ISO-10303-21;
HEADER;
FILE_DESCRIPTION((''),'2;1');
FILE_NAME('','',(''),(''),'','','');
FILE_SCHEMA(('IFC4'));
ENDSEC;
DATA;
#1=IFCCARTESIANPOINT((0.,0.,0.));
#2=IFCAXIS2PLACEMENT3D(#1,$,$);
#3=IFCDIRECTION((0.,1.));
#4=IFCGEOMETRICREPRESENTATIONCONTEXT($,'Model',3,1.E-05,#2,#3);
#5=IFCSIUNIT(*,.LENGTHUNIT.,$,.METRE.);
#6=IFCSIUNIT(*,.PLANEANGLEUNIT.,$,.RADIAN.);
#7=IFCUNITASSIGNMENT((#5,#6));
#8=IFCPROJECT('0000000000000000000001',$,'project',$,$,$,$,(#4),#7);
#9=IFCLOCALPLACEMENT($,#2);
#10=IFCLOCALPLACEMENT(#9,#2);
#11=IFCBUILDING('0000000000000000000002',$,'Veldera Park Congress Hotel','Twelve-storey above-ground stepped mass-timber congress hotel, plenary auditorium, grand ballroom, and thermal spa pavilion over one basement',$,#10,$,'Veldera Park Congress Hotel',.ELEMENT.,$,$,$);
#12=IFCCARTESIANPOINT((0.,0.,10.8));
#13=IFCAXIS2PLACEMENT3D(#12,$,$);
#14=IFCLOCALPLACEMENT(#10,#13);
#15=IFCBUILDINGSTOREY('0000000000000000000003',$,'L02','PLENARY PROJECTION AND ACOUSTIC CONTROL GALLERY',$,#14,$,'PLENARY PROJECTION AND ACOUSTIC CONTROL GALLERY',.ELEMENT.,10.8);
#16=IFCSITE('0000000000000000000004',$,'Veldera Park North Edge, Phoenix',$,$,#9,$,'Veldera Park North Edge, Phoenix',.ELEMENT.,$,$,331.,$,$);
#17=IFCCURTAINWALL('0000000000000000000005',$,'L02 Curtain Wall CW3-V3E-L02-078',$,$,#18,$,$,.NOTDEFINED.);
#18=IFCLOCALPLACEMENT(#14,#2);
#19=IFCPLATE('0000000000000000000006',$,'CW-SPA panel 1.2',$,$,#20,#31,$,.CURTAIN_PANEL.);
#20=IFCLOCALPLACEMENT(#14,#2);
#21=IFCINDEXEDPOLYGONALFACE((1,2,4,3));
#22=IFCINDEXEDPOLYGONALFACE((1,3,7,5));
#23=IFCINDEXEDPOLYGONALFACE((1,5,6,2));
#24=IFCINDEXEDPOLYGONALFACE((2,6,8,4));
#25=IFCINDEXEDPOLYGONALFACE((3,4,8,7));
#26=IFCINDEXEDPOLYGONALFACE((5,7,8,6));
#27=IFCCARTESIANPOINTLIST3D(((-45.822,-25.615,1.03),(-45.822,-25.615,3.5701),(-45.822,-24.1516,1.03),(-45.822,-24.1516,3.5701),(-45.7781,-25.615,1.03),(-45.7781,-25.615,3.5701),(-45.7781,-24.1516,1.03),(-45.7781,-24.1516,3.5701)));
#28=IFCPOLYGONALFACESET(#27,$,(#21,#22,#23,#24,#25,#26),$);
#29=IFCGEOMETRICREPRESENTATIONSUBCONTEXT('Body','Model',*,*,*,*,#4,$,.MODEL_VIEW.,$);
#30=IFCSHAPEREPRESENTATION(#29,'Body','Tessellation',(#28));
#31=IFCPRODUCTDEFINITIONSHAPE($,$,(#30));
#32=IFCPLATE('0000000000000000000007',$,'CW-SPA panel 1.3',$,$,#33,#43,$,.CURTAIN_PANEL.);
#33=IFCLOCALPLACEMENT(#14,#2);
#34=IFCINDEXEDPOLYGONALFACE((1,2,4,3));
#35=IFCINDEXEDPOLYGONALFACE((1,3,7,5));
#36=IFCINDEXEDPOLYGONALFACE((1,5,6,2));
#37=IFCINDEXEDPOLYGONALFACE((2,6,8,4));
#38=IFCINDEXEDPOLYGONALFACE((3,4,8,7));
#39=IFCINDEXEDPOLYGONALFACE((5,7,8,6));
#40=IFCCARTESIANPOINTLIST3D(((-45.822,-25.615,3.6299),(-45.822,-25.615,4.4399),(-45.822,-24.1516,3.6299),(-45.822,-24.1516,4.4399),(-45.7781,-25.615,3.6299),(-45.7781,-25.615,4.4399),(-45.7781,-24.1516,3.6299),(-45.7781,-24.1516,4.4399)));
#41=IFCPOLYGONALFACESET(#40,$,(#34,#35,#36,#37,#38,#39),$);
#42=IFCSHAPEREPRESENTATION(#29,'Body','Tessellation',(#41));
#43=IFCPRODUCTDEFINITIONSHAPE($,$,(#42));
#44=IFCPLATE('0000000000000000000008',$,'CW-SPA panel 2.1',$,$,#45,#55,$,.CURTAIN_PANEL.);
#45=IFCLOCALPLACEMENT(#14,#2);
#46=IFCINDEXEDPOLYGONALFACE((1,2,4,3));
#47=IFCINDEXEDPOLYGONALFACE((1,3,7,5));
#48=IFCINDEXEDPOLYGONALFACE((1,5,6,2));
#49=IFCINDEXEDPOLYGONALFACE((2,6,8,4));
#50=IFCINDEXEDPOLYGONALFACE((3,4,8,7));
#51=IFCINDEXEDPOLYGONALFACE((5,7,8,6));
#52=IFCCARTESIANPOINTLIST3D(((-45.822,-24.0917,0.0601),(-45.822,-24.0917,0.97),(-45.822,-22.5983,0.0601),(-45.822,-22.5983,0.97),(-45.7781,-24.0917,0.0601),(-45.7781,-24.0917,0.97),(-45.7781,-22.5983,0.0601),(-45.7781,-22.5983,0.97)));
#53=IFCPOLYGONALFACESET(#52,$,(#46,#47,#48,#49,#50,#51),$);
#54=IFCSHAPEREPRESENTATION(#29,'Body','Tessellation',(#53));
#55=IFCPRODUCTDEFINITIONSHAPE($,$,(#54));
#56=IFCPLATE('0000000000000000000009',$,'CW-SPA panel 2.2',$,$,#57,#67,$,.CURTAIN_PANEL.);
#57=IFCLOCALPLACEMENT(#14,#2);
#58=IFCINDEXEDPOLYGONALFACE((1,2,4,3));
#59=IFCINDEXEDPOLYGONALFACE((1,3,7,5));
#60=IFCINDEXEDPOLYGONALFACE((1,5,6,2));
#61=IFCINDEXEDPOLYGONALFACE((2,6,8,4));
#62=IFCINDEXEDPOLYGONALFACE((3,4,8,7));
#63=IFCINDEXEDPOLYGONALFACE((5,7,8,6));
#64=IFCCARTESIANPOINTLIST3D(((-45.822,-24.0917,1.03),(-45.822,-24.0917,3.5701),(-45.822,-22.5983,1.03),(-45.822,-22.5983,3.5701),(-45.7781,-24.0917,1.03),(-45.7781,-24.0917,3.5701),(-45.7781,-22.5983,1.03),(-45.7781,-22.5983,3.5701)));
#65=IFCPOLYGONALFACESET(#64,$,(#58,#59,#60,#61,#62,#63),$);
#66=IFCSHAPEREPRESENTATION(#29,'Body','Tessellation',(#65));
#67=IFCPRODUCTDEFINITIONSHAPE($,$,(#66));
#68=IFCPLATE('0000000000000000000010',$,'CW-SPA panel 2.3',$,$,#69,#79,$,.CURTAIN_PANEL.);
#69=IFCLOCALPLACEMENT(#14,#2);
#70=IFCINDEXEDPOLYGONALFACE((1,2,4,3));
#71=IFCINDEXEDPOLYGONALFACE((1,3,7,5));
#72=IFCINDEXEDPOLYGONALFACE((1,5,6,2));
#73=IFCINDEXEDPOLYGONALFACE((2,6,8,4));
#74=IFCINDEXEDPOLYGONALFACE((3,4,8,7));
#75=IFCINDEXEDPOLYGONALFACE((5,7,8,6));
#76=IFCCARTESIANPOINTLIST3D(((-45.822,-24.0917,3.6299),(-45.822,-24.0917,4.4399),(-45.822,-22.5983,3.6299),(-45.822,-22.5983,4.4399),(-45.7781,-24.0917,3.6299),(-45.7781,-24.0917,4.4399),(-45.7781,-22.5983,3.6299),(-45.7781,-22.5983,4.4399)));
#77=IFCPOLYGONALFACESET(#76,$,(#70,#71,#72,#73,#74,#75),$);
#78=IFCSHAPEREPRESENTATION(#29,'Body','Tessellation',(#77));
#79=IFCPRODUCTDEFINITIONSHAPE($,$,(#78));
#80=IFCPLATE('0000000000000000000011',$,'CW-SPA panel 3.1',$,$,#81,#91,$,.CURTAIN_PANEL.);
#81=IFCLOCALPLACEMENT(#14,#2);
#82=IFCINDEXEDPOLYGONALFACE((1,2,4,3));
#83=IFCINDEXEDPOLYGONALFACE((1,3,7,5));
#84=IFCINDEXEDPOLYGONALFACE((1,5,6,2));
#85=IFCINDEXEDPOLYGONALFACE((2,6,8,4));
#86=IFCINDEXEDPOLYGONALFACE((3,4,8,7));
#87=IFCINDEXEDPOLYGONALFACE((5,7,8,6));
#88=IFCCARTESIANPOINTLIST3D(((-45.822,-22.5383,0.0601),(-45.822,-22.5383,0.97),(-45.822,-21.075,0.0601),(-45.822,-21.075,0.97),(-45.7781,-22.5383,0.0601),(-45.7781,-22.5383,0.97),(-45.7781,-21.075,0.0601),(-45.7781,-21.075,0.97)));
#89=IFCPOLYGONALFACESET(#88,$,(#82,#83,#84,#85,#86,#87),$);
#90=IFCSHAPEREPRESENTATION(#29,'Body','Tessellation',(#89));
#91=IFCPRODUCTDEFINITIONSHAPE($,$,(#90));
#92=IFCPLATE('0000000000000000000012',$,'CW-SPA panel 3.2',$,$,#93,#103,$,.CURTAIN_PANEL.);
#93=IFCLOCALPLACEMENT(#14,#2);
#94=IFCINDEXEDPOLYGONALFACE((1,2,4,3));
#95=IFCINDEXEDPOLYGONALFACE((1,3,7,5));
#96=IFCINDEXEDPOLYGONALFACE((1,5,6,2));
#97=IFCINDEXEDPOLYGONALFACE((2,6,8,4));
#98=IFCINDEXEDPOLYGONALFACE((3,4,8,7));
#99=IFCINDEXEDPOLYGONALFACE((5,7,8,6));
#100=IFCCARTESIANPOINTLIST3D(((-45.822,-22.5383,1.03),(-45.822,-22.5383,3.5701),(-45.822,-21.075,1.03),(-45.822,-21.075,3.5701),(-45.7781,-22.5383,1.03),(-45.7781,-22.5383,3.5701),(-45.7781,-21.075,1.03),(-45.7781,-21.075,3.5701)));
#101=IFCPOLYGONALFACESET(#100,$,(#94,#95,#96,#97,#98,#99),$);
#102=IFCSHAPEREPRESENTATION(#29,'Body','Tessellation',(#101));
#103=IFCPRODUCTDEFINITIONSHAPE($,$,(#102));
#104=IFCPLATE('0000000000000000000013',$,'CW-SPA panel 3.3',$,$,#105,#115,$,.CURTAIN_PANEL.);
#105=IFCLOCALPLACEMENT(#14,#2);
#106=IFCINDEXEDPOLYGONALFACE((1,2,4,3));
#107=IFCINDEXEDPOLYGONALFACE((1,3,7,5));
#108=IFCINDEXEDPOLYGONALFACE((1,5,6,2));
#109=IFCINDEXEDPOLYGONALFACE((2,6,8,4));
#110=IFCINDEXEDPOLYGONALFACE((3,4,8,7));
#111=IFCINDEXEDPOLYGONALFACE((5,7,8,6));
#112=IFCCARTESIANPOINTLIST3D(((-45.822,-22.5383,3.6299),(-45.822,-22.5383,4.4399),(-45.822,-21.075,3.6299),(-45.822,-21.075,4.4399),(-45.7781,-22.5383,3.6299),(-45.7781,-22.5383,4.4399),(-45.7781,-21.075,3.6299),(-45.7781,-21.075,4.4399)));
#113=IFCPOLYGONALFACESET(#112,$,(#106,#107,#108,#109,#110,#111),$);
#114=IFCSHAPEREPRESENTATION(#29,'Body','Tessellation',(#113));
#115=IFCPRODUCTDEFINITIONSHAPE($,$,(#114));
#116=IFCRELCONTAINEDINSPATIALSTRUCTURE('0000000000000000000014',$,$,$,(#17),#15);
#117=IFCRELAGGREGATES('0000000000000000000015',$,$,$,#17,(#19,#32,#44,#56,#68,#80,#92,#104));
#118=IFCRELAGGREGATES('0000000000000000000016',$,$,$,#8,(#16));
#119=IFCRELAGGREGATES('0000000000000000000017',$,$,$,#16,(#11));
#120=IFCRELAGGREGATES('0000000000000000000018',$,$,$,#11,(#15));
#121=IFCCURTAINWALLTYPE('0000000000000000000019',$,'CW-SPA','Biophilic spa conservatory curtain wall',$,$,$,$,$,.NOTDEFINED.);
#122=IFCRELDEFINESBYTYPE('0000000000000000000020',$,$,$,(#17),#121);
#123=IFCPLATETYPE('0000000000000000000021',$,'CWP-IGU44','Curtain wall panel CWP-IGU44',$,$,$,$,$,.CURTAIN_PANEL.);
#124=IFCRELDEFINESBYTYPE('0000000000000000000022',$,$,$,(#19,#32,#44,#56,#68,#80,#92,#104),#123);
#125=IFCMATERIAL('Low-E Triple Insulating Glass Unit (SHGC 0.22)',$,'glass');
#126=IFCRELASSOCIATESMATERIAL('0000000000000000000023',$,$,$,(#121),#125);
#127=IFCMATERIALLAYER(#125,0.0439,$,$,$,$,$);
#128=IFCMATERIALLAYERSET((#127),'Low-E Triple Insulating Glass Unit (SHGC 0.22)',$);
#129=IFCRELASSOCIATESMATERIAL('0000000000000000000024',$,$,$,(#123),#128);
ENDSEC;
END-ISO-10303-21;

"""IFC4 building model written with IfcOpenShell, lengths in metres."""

from ifc_helpers import new_model, si_unit, direction, frame, origin, origin_2d, place, context, subcontext, project, spatial, rectangle, extrude, material, layer, layer_set, type_object, element, aggregate, save


model = new_model("IFC4")

# Units and contexts
model_context = context("Model", 3, precision=1e-05, world=origin(), true_north=direction((0.0, 1.0)))
body_context = subcontext(model_context, "Body", "Model", "MODEL_VIEW")
ifc_project = project(units=[si_unit("LENGTHUNIT", "METRE"), si_unit("PLANEANGLEUNIT", "RADIAN")], contexts=[model_context])

# Site, building, storey
site_placement = place(None, origin())
site = spatial("IfcSite", under=ifc_project, at=site_placement, Name="Veldera Park North Edge, Phoenix", LongName="Veldera Park North Edge, Phoenix", CompositionType="ELEMENT", RefElevation=331.0)
building_placement = place(site_placement, origin())
building = spatial("IfcBuilding", under=site, at=building_placement, Name="Veldera Park Congress Hotel", Description="Twelve-storey above-ground stepped mass-timber congress hotel, plenary auditorium, grand ballroom, and thermal spa pavilion over one basement", LongName="Veldera Park Congress Hotel", CompositionType="ELEMENT")
storey_placement = place(building_placement, frame((0.0, 0.0, 10.8)))
storey = spatial("IfcBuildingStorey", under=building, at=storey_placement, Name="L02", Description="PLENARY PROJECTION AND ACOUSTIC CONTROL GALLERY", LongName="PLENARY PROJECTION AND ACOUSTIC CONTROL GALLERY", CompositionType="ELEMENT", Elevation=10.8)

# Curtain wall
ifc_material_1 = material(Name="Low-E Triple Insulating Glass Unit (SHGC 0.22)", Category="glass")
curtain_wall_type = type_object("IfcCurtainWallType", Name="CW-SPA", Description="Biophilic spa conservatory curtain wall", PredefinedType="NOTDEFINED", material=ifc_material_1)
curtain_wall_1_placement = place(storey_placement, origin())
curtain_wall_1 = element("IfcCurtainWall", 1, at=curtain_wall_1_placement, inside=storey, type_object=curtain_wall_type, Name="L02 Curtain Wall CW3-V3E-L02-078", PredefinedType="NOTDEFINED")

# Plates
ifc_layer = layer(ifc_material_1, 0.0439)
ifc_layer_set = layer_set([ifc_layer], Name="Low-E Triple Insulating Glass Unit (SHGC 0.22)")
plate_type = type_object("IfcPlateType", Name="CWP-IGU44", Description="Curtain wall panel CWP-IGU44", PredefinedType="CURTAIN_PANEL", material=ifc_layer_set)
plate_1_placement = place(storey_placement, frame((-45.8, -24.8833, 1.03), z_axis=(0.0, 0.0, 1.0), x_axis=(0.0, 1.0, 0.0)))
plate_1 = element("IfcPlate", 2, at=plate_1_placement, type_object=plate_type, Name="CW-SPA panel 1.2", PredefinedType="CURTAIN_PANEL", context=body_context, shape_type="SweptSolid", body=[
    extrude(rectangle(XDim=1.4634, YDim=0.0439, at=origin_2d()), origin(), (0.0, 0.0, 1.0), 2.54),
])
plate_2_placement = place(storey_placement, frame((-45.8, -24.8833, 3.6299), z_axis=(0.0, 0.0, 1.0), x_axis=(0.0, 1.0, 0.0)))
plate_2 = element("IfcPlate", 3, at=plate_2_placement, type_object=plate_type, Name="CW-SPA panel 1.3", PredefinedType="CURTAIN_PANEL", context=body_context, shape_type="SweptSolid", body=[
    extrude(rectangle(XDim=1.4634, YDim=0.0439, at=origin_2d()), origin(), (0.0, 0.0, 1.0), 0.8101),
])
plate_3_placement = place(storey_placement, frame((-45.8, -23.345, 0.0601), z_axis=(0.0, 0.0, 1.0), x_axis=(0.0, 1.0, 0.0)))
plate_3 = element("IfcPlate", 4, at=plate_3_placement, type_object=plate_type, Name="CW-SPA panel 2.1", PredefinedType="CURTAIN_PANEL", context=body_context, shape_type="SweptSolid", body=[
    extrude(rectangle(XDim=1.4934, YDim=0.0439, at=origin_2d()), origin(), (0.0, 0.0, 1.0), 0.9099),
])
plate_4_placement = place(storey_placement, frame((-45.8, -23.345, 1.03), z_axis=(0.0, 0.0, 1.0), x_axis=(0.0, 1.0, 0.0)))
plate_4 = element("IfcPlate", 5, at=plate_4_placement, type_object=plate_type, Name="CW-SPA panel 2.2", PredefinedType="CURTAIN_PANEL", context=body_context, shape_type="SweptSolid", body=[
    extrude(rectangle(XDim=1.4934, YDim=0.0439, at=origin_2d()), origin(), (0.0, 0.0, 1.0), 2.54),
])
plate_5_placement = place(storey_placement, frame((-45.8, -23.345, 3.6299), z_axis=(0.0, 0.0, 1.0), x_axis=(0.0, 1.0, 0.0)))
plate_5 = element("IfcPlate", 6, at=plate_5_placement, type_object=plate_type, Name="CW-SPA panel 2.3", PredefinedType="CURTAIN_PANEL", context=body_context, shape_type="SweptSolid", body=[
    extrude(rectangle(XDim=1.4934, YDim=0.0439, at=origin_2d()), origin(), (0.0, 0.0, 1.0), 0.8101),
])
plate_6_placement = place(storey_placement, frame((-45.8, -21.8066, 0.0601), z_axis=(0.0, 0.0, 1.0), x_axis=(0.0, 1.0, 0.0)))
plate_6 = element("IfcPlate", 7, at=plate_6_placement, type_object=plate_type, Name="CW-SPA panel 3.1", PredefinedType="CURTAIN_PANEL", context=body_context, shape_type="SweptSolid", body=[
    extrude(rectangle(XDim=1.4634, YDim=0.0439, at=origin_2d()), origin(), (0.0, 0.0, 1.0), 0.9099),
])
plate_7_placement = place(storey_placement, frame((-45.8, -21.8066, 1.03), z_axis=(0.0, 0.0, 1.0), x_axis=(0.0, 1.0, 0.0)))
plate_7 = element("IfcPlate", 8, at=plate_7_placement, type_object=plate_type, Name="CW-SPA panel 3.2", PredefinedType="CURTAIN_PANEL", context=body_context, shape_type="SweptSolid", body=[
    extrude(rectangle(XDim=1.4634, YDim=0.0439, at=origin_2d()), origin(), (0.0, 0.0, 1.0), 2.54),
])
plate_8_placement = place(storey_placement, frame((-45.8, -21.8066, 3.6299), z_axis=(0.0, 0.0, 1.0), x_axis=(0.0, 1.0, 0.0)))
plate_8 = element("IfcPlate", 9, at=plate_8_placement, type_object=plate_type, Name="CW-SPA panel 3.3", PredefinedType="CURTAIN_PANEL", context=body_context, shape_type="SweptSolid", body=[
    extrude(rectangle(XDim=1.4634, YDim=0.0439, at=origin_2d()), origin(), (0.0, 0.0, 1.0), 0.8101),
])
aggregate(curtain_wall_1, [plate_1, plate_2, plate_3, plate_4, plate_5, plate_6, plate_7, plate_8])

save(model, "model.ifc")
